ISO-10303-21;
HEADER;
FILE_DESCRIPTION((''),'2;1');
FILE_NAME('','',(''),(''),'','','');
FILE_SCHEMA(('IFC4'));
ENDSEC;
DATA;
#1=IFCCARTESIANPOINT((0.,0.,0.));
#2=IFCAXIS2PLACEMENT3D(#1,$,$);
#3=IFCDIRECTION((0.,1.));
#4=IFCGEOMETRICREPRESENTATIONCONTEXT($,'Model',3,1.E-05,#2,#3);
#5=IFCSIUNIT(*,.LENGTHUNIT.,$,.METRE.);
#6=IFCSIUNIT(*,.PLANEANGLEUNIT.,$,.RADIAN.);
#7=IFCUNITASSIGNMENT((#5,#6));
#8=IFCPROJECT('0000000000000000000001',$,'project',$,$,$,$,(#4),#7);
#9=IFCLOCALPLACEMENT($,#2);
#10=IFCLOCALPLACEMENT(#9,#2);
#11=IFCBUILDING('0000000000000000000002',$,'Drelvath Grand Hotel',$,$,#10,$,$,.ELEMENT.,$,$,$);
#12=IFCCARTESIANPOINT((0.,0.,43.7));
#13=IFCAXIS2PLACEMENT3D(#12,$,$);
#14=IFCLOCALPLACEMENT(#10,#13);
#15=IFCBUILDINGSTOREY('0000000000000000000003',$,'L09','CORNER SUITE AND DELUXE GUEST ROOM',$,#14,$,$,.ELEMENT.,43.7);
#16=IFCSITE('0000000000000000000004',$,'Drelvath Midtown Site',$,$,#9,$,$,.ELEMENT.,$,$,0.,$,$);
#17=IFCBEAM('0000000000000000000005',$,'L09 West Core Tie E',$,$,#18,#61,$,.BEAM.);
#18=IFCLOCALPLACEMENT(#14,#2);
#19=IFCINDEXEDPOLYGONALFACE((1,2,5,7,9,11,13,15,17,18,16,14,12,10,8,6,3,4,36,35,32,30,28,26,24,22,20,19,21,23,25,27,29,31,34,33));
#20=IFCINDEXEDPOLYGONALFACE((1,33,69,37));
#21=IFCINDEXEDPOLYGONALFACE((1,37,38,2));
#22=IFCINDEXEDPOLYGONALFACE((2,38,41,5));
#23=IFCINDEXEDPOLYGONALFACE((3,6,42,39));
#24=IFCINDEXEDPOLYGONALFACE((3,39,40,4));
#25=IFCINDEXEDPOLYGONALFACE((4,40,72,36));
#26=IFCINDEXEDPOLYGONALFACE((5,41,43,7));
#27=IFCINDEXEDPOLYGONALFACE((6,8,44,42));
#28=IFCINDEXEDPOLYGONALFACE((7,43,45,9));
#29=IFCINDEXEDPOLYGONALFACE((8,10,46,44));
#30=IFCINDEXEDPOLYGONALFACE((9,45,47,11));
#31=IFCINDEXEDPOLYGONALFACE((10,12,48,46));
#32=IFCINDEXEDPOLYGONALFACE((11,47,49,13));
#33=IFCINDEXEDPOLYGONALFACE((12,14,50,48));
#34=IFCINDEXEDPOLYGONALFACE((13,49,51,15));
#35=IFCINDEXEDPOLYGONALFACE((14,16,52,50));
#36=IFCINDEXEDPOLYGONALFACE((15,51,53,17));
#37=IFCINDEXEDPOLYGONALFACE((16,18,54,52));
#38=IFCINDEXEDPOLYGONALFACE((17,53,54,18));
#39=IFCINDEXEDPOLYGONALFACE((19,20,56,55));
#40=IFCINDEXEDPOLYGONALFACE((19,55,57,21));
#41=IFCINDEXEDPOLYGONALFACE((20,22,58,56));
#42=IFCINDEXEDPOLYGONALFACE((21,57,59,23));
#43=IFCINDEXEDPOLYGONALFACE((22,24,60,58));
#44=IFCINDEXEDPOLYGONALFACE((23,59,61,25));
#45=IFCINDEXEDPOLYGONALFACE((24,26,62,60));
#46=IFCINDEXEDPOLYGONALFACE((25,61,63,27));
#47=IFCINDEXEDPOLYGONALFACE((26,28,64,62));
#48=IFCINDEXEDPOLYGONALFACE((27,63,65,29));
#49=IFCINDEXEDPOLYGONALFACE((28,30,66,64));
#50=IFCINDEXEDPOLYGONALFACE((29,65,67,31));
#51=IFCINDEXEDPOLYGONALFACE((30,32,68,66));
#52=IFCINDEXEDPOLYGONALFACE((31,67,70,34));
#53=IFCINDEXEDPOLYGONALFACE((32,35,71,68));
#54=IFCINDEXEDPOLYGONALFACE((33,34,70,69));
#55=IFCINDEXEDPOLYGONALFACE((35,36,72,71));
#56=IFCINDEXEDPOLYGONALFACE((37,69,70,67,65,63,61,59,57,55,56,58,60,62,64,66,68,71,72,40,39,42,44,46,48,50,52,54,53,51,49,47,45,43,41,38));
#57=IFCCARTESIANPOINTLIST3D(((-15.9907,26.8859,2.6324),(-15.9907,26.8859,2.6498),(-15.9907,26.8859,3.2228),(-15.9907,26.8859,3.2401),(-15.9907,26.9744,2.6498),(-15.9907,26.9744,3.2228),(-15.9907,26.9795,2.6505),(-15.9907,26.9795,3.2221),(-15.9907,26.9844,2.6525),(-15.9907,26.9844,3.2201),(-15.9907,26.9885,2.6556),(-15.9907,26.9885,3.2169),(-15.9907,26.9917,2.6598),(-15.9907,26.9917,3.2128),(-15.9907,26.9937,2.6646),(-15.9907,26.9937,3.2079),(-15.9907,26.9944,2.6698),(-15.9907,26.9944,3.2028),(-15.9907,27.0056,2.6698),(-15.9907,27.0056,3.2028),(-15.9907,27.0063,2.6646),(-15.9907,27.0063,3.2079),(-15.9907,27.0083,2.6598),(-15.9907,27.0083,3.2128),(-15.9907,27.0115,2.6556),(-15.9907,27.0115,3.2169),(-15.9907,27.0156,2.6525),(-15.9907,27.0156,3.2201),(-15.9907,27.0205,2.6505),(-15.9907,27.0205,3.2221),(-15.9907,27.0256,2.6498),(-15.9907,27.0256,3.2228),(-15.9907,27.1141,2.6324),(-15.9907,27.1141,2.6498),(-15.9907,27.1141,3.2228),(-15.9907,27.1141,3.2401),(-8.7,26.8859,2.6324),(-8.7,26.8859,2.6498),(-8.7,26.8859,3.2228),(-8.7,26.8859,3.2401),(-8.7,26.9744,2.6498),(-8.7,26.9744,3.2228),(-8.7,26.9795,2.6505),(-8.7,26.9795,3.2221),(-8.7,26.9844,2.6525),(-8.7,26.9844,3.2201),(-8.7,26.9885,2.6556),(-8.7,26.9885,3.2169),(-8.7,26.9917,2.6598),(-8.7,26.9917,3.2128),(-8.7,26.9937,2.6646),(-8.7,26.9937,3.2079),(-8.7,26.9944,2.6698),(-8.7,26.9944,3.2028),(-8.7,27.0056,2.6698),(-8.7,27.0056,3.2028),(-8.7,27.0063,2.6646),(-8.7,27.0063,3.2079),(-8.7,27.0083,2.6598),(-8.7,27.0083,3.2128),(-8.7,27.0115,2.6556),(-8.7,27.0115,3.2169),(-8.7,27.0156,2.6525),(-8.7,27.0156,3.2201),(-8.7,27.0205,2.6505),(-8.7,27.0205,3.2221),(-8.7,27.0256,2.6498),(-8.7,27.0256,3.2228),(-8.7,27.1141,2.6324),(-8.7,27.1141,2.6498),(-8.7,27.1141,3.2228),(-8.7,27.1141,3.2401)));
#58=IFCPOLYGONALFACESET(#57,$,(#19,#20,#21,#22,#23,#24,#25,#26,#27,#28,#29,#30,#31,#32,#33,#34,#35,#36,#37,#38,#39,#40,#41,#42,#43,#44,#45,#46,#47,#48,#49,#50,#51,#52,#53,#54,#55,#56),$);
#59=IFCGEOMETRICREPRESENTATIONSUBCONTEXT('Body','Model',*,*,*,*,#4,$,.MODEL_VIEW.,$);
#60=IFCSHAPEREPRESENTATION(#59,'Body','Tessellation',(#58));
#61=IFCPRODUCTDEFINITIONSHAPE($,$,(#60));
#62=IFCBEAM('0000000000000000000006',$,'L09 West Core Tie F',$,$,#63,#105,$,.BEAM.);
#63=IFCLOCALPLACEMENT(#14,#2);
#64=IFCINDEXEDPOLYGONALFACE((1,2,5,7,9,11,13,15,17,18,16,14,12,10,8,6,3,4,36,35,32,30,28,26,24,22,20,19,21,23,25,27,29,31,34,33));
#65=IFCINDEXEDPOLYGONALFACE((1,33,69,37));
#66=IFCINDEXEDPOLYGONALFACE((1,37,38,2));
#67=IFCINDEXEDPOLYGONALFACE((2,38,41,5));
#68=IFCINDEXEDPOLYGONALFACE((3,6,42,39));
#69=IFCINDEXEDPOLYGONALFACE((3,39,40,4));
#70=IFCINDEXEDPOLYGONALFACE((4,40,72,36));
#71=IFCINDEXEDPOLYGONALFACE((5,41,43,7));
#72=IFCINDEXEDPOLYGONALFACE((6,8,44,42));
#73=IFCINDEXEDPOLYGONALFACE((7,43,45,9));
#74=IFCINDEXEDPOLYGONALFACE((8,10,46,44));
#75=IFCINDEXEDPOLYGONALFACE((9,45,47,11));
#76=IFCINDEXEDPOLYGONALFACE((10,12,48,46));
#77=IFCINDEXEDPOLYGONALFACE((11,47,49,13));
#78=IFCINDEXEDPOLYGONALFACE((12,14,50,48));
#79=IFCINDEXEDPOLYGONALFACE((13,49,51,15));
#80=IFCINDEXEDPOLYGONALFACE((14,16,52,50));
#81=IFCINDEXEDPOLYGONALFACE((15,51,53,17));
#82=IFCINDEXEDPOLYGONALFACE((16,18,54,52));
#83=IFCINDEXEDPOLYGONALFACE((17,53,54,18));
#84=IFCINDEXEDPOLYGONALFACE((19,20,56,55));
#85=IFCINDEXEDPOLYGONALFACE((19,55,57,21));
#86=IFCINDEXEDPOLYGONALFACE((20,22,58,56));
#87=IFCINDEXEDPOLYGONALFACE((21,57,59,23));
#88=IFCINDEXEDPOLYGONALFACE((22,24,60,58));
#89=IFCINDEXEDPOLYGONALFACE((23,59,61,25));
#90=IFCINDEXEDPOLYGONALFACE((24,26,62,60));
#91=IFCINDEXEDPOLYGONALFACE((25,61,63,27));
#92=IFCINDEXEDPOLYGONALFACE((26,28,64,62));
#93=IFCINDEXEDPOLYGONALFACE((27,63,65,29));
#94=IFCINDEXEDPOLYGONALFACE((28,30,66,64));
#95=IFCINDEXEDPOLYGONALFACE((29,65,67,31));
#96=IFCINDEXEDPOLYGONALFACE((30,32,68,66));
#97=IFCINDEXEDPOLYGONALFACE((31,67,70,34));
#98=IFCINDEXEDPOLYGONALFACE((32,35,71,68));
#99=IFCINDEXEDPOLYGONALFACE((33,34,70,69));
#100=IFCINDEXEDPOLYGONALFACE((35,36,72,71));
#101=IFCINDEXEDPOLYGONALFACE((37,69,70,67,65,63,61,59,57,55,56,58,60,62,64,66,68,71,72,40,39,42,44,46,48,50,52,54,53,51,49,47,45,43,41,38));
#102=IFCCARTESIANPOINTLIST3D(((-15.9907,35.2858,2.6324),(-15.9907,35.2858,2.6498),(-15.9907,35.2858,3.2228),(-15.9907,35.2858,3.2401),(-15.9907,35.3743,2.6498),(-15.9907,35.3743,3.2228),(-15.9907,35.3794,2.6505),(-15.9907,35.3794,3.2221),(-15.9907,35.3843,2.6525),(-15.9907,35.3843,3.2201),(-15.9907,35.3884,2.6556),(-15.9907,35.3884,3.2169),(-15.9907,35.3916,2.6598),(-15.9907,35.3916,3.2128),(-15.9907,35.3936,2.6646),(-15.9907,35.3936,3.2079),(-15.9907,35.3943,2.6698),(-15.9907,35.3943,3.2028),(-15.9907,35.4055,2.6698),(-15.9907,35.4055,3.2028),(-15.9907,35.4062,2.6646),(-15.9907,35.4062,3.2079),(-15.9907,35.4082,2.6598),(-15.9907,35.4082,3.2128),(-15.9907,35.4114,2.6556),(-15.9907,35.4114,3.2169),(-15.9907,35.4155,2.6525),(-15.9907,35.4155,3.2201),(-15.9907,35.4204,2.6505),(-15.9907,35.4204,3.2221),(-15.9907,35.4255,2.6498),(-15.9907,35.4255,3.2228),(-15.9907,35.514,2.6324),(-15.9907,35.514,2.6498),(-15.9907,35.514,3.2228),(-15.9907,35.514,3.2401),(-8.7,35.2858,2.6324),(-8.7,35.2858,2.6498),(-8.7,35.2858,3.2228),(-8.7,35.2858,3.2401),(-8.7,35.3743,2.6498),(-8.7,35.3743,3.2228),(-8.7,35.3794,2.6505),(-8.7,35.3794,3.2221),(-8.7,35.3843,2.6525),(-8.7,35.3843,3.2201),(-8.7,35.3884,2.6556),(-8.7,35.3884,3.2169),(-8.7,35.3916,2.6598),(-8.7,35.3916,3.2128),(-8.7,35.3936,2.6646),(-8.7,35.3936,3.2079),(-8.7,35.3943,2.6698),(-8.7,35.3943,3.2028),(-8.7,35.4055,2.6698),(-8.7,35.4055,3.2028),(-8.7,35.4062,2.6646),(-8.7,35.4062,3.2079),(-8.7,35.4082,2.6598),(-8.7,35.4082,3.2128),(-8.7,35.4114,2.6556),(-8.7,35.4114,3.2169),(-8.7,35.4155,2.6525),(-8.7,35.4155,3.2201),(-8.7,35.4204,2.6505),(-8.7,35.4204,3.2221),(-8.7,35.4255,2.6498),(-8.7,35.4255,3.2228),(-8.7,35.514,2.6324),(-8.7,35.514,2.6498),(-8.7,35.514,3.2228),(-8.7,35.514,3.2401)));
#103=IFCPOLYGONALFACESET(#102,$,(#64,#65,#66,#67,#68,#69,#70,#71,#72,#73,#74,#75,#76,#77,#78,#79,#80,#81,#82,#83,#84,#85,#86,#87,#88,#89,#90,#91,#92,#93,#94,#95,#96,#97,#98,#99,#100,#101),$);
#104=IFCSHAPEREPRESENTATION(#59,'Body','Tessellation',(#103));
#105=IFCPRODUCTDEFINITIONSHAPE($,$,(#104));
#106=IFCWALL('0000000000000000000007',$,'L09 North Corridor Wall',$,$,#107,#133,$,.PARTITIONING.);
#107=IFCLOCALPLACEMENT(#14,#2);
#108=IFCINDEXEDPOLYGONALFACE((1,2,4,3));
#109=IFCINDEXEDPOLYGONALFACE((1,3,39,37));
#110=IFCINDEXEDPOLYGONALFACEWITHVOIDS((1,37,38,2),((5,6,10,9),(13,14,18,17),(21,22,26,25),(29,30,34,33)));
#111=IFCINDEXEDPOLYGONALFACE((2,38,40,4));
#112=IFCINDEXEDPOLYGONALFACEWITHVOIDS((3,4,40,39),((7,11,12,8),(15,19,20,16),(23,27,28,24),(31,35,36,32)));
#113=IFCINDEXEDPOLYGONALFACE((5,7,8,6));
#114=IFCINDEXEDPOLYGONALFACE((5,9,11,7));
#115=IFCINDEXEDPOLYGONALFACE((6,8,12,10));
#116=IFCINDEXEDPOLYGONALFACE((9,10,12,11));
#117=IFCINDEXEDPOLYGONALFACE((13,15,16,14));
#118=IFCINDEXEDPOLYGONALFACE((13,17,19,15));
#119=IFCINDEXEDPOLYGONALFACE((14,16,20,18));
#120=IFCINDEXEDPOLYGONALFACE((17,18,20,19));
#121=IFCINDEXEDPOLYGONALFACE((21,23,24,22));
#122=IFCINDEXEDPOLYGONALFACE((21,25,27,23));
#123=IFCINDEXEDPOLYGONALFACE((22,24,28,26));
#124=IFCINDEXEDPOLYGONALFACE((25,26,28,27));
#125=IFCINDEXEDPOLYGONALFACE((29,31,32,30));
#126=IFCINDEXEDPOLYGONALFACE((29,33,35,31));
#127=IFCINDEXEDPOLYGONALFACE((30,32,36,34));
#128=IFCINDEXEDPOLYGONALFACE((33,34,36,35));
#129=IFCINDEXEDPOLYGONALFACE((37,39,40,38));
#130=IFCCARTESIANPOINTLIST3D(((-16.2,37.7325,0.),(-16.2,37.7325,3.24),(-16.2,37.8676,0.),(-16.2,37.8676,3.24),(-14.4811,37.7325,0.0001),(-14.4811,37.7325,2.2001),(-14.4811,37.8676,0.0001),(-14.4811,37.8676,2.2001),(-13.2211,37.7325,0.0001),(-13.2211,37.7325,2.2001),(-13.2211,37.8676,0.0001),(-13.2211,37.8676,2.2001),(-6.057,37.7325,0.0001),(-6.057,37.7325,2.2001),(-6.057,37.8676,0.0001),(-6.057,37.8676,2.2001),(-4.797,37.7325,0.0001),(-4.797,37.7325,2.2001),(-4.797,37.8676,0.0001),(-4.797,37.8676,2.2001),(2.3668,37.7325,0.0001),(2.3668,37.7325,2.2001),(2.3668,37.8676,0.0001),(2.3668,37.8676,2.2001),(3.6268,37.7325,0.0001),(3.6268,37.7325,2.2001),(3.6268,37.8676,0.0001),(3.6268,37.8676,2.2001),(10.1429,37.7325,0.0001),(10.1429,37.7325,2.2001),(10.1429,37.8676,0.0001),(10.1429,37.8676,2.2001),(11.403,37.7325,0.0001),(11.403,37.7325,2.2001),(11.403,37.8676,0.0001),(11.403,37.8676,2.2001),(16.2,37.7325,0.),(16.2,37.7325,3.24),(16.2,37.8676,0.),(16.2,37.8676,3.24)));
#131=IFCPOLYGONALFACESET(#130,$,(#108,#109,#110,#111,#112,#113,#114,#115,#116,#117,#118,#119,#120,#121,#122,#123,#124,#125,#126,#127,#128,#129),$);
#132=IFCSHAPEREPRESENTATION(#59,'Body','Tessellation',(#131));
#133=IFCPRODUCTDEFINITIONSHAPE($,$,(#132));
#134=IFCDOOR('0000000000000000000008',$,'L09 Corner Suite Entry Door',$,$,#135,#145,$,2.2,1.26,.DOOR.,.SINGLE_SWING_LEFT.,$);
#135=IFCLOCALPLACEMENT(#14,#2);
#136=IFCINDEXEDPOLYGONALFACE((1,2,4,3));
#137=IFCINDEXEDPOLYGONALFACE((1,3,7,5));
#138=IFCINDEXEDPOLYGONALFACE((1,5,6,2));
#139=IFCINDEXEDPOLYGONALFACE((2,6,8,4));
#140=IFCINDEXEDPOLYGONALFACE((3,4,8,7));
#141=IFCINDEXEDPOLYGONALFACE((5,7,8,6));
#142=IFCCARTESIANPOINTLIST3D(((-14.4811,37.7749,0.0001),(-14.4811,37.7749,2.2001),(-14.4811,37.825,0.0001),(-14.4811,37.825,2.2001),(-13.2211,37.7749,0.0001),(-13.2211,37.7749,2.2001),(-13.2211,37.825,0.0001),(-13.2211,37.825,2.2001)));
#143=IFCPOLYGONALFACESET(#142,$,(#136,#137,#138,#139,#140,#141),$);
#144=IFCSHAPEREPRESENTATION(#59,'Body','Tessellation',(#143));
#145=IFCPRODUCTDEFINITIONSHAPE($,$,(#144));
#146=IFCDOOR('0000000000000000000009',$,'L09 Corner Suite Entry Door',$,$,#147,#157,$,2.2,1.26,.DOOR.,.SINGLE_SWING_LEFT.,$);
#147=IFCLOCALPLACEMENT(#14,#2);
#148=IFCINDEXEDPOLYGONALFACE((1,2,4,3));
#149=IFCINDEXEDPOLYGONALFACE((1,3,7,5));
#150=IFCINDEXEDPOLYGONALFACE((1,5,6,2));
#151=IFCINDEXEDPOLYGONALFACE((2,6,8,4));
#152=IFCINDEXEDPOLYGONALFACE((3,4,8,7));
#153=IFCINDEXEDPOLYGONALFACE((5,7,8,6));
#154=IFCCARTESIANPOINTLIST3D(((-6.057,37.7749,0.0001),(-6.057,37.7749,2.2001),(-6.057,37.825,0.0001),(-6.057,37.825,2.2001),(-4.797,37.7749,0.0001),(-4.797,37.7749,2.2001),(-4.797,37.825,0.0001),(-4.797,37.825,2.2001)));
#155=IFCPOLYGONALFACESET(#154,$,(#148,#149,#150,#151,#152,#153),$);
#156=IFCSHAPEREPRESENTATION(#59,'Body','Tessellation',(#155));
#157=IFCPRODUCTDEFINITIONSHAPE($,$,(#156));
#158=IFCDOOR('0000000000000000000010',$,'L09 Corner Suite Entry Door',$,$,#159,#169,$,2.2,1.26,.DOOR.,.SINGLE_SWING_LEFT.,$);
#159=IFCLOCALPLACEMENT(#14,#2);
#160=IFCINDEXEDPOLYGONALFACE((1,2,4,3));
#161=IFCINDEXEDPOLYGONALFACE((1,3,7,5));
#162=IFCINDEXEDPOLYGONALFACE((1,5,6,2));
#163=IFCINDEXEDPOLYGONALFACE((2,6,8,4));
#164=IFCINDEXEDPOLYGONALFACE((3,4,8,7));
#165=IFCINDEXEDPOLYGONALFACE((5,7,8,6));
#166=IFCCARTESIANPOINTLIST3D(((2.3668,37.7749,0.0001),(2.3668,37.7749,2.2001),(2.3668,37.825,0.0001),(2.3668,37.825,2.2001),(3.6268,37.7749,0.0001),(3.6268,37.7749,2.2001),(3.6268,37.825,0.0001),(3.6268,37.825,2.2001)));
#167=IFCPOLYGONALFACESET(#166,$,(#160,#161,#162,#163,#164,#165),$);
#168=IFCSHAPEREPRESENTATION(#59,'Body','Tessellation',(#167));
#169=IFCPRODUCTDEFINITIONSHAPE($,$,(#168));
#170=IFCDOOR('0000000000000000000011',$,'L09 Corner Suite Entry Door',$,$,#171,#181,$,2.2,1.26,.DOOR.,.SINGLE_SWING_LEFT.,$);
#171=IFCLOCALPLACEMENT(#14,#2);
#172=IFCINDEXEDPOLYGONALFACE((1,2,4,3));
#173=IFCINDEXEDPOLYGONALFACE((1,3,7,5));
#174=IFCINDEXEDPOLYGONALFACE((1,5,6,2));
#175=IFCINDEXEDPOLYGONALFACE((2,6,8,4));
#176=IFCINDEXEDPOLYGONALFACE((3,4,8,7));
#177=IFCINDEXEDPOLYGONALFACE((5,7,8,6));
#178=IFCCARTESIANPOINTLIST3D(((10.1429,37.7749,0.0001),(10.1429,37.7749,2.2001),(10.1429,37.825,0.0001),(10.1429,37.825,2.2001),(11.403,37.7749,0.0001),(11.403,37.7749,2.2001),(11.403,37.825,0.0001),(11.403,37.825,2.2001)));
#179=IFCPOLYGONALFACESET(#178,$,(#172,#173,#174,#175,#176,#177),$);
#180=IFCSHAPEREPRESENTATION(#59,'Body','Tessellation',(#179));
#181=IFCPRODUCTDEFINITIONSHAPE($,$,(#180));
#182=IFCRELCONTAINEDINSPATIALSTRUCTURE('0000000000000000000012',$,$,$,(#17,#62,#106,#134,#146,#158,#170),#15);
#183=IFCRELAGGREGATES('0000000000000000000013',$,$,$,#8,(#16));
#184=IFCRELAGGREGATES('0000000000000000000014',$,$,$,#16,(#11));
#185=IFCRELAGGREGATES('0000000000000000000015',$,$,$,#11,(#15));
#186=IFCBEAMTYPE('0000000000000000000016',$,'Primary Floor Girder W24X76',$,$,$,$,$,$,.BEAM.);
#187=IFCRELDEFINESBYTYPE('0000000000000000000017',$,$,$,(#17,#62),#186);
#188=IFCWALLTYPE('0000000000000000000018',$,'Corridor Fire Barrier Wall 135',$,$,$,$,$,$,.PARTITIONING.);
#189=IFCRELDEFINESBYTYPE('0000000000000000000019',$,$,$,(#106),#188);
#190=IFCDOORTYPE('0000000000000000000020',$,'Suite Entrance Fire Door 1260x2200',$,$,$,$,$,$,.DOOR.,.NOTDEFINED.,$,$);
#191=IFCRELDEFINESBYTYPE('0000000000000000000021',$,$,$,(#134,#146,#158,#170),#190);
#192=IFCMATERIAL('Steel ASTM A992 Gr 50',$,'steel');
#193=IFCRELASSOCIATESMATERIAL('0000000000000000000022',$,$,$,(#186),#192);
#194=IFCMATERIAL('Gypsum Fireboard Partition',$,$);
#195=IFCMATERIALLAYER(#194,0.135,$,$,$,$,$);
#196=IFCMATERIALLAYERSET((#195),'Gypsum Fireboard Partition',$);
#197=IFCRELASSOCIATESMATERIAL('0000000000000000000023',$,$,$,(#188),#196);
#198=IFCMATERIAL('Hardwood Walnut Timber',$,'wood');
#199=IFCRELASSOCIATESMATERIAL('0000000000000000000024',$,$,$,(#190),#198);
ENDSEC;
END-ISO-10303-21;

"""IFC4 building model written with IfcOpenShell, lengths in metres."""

from ifc_helpers import new_model, si_unit, direction, frame, frame_2d, origin, origin_2d, place, context, subcontext, project, spatial, rectangle, i_section, extrude, material, layer, layer_set, material_profile, profile_set, type_object, element, fill, save


model = new_model("IFC4")

# Units and contexts
model_context = context("Model", 3, precision=1e-05, world=origin(), true_north=direction((0.0, 1.0)))
body_context = subcontext(model_context, "Body", "Model", "MODEL_VIEW")
ifc_project = project(units=[si_unit("LENGTHUNIT", "METRE"), si_unit("PLANEANGLEUNIT", "RADIAN")], contexts=[model_context])

# Site, building, storey
site_placement = place(None, origin())
site = spatial("IfcSite", under=ifc_project, at=site_placement, Name="Drelvath Midtown Site", CompositionType="ELEMENT", RefElevation=0.0)
building_placement = place(site_placement, origin())
building = spatial("IfcBuilding", under=site, at=building_placement, Name="Drelvath Grand Hotel", CompositionType="ELEMENT")
storey_placement = place(building_placement, frame((0.0, 0.0, 43.7)))
storey = spatial("IfcBuildingStorey", under=building, at=storey_placement, Name="L09", Description="CORNER SUITE AND DELUXE GUEST ROOM", CompositionType="ELEMENT", Elevation=43.7)

# Beams
ifc_material_1 = material(Name="Steel ASTM A992 Gr 50", Category="steel")
ifc_material_profile = material_profile(ifc_material_1, i_section(OverallWidth=0.2283, OverallDepth=0.6077, WebThickness=0.0112, FlangeThickness=0.0173, FilletRadius=0.02, at=origin_2d()), Name="W24X76")
ifc_profile_set = profile_set([ifc_material_profile], Name="Steel ASTM A992 Gr 50")
beam_type = type_object("IfcBeamType", Name="Primary Floor Girder W24X76", PredefinedType="BEAM", material=ifc_profile_set)
for number, where, z_axis, x_axis, name in (
    (1, (-15.9907, 27.0, 2.9363), (1.0, 0.0, 0.0), (0.0, 1.0, 0.0), "L09 West Core Tie E"),
    (2, (-15.9907, 35.3999, 2.9363), (1.0, 0.0, 0.0), (0.0, 1.0, 0.0), "L09 West Core Tie F"),
):
    element("IfcBeam", number, at=place(storey_placement, frame(where, z_axis=z_axis, x_axis=x_axis)), inside=storey, type_object=beam_type, Name=name, PredefinedType="BEAM", context=body_context, shape_type="SweptSolid", body=[
        extrude(i_section(OverallWidth=0.2283, OverallDepth=0.6077, WebThickness=0.0112, FlangeThickness=0.0173, FilletRadius=0.02, at=origin_2d()), origin(), (0.0, 0.0, 1.0), 7.2908),
    ])

# Wall, openings, doors
ifc_material_2 = material(Name="Gypsum Fireboard Partition")
ifc_layer_1 = layer(ifc_material_2, 0.135)
ifc_layer_set_1 = layer_set([ifc_layer_1], Name="Gypsum Fireboard Partition")
wall_type_1 = type_object("IfcWallType", Name="Corridor Fire Barrier Wall 135", PredefinedType="PARTITIONING", material=ifc_layer_set_1)
wall_1_placement = place(storey_placement, frame((-16.2, 37.8, 0.0), z_axis=(0.0, 0.0, 1.0), x_axis=(1.0, 0.0, 0.0)))
wall_1 = element("IfcWall", 3, at=wall_1_placement, inside=storey, type_object=wall_type_1, Name="L09 North Corridor Wall", PredefinedType="PARTITIONING", context=body_context, shape_type="SweptSolid", body=[
    extrude(rectangle(XDim=32.3999, YDim=0.135, at=frame_2d((16.2, 0.0))), origin(), (0.0, 0.0, 1.0), 3.24),
])
opening_1_placement = place(wall_1_placement, frame((1.719, 0.0, 0.0)))
opening_1 = element("IfcOpeningElement", 4, at=opening_1_placement, cuts=wall_1, PredefinedType="OPENING", context=body_context, shape_type="SweptSolid", body=[
    extrude(rectangle(XDim=1.26, YDim=2.2, at=frame_2d((0.6299, 1.1001))), frame((0.0, 0.0774, 0.0), z_axis=(0.0, -1.0, 0.0), x_axis=(1.0, 0.0, 0.0)), (0.0, 0.0, 1.0), 0.155),
])
opening_2_placement = place(wall_1_placement, frame((10.1431, 0.0, 0.0)))
opening_2 = element("IfcOpeningElement", 5, at=opening_2_placement, cuts=wall_1, PredefinedType="OPENING", context=body_context, shape_type="SweptSolid", body=[
    extrude(rectangle(XDim=1.26, YDim=2.2, at=frame_2d((0.6299, 1.1001))), frame((0.0, 0.0774, 0.0), z_axis=(0.0, -1.0, 0.0), x_axis=(1.0, 0.0, 0.0)), (0.0, 0.0, 1.0), 0.155),
])
opening_3_placement = place(wall_1_placement, frame((18.5669, 0.0, 0.0)))
opening_3 = element("IfcOpeningElement", 6, at=opening_3_placement, cuts=wall_1, PredefinedType="OPENING", context=body_context, shape_type="SweptSolid", body=[
    extrude(rectangle(XDim=1.26, YDim=2.2, at=frame_2d((0.6299, 1.1001))), frame((0.0, 0.0774, 0.0), z_axis=(0.0, -1.0, 0.0), x_axis=(1.0, 0.0, 0.0)), (0.0, 0.0, 1.0), 0.155),
])
opening_4_placement = place(wall_1_placement, frame((26.343, 0.0, 0.0)))
opening_4 = element("IfcOpeningElement", 7, at=opening_4_placement, cuts=wall_1, PredefinedType="OPENING", context=body_context, shape_type="SweptSolid", body=[
    extrude(rectangle(XDim=1.26, YDim=2.2, at=frame_2d((0.6299, 1.1001))), frame((0.0, 0.0774, 0.0), z_axis=(0.0, -1.0, 0.0), x_axis=(1.0, 0.0, 0.0)), (0.0, 0.0, 1.0), 0.155),
])
ifc_material_3 = material(Name="Hardwood Walnut Timber", Category="wood")
door_type_1 = type_object("IfcDoorType", Name="Suite Entrance Fire Door 1260x2200", OperationType="NOTDEFINED", PredefinedType="DOOR", material=ifc_material_3)
door_1_placement = place(opening_1_placement, origin())
door_1 = element("IfcDoor", 8, at=door_1_placement, inside=storey, type_object=door_type_1, Name="L09 Corner Suite Entry Door", OperationType="SINGLE_SWING_LEFT", OverallHeight=2.2, OverallWidth=1.26, PredefinedType="DOOR", context=body_context, shape_type="SweptSolid", body=[
    extrude(rectangle(XDim=1.26, YDim=2.2, at=frame_2d((0.6299, 1.1001))), frame((0.0, 0.0249, 0.0), z_axis=(0.0, -1.0, 0.0), x_axis=(1.0, 0.0, 0.0)), (0.0, 0.0, 1.0), 0.05),
])
fill(opening_1, door_1)
door_2_placement = place(opening_2_placement, origin())
door_2 = element("IfcDoor", 9, at=door_2_placement, inside=storey, type_object=door_type_1, Name="L09 Corner Suite Entry Door", OperationType="SINGLE_SWING_LEFT", OverallHeight=2.2, OverallWidth=1.26, PredefinedType="DOOR", context=body_context, shape_type="SweptSolid", body=[
    extrude(rectangle(XDim=1.26, YDim=2.2, at=frame_2d((0.6299, 1.1001))), frame((0.0, 0.0249, 0.0), z_axis=(0.0, -1.0, 0.0), x_axis=(1.0, 0.0, 0.0)), (0.0, 0.0, 1.0), 0.05),
])
fill(opening_2, door_2)
door_3_placement = place(opening_3_placement, origin())
door_3 = element("IfcDoor", 10, at=door_3_placement, inside=storey, type_object=door_type_1, Name="L09 Corner Suite Entry Door", OperationType="SINGLE_SWING_LEFT", OverallHeight=2.2, OverallWidth=1.26, PredefinedType="DOOR", context=body_context, shape_type="SweptSolid", body=[
    extrude(rectangle(XDim=1.26, YDim=2.2, at=frame_2d((0.6299, 1.1001))), frame((0.0, 0.0249, 0.0), z_axis=(0.0, -1.0, 0.0), x_axis=(1.0, 0.0, 0.0)), (0.0, 0.0, 1.0), 0.05),
])
fill(opening_3, door_3)
door_4_placement = place(opening_4_placement, origin())
door_4 = element("IfcDoor", 11, at=door_4_placement, inside=storey, type_object=door_type_1, Name="L09 Corner Suite Entry Door", OperationType="SINGLE_SWING_LEFT", OverallHeight=2.2, OverallWidth=1.26, PredefinedType="DOOR", context=body_context, shape_type="SweptSolid", body=[
    extrude(rectangle(XDim=1.26, YDim=2.2, at=frame_2d((0.6299, 1.1001))), frame((0.0, 0.0249, 0.0), z_axis=(0.0, -1.0, 0.0), x_axis=(1.0, 0.0, 0.0)), (0.0, 0.0, 1.0), 0.05),
])
fill(opening_4, door_4)

save(model, "model.ifc")
